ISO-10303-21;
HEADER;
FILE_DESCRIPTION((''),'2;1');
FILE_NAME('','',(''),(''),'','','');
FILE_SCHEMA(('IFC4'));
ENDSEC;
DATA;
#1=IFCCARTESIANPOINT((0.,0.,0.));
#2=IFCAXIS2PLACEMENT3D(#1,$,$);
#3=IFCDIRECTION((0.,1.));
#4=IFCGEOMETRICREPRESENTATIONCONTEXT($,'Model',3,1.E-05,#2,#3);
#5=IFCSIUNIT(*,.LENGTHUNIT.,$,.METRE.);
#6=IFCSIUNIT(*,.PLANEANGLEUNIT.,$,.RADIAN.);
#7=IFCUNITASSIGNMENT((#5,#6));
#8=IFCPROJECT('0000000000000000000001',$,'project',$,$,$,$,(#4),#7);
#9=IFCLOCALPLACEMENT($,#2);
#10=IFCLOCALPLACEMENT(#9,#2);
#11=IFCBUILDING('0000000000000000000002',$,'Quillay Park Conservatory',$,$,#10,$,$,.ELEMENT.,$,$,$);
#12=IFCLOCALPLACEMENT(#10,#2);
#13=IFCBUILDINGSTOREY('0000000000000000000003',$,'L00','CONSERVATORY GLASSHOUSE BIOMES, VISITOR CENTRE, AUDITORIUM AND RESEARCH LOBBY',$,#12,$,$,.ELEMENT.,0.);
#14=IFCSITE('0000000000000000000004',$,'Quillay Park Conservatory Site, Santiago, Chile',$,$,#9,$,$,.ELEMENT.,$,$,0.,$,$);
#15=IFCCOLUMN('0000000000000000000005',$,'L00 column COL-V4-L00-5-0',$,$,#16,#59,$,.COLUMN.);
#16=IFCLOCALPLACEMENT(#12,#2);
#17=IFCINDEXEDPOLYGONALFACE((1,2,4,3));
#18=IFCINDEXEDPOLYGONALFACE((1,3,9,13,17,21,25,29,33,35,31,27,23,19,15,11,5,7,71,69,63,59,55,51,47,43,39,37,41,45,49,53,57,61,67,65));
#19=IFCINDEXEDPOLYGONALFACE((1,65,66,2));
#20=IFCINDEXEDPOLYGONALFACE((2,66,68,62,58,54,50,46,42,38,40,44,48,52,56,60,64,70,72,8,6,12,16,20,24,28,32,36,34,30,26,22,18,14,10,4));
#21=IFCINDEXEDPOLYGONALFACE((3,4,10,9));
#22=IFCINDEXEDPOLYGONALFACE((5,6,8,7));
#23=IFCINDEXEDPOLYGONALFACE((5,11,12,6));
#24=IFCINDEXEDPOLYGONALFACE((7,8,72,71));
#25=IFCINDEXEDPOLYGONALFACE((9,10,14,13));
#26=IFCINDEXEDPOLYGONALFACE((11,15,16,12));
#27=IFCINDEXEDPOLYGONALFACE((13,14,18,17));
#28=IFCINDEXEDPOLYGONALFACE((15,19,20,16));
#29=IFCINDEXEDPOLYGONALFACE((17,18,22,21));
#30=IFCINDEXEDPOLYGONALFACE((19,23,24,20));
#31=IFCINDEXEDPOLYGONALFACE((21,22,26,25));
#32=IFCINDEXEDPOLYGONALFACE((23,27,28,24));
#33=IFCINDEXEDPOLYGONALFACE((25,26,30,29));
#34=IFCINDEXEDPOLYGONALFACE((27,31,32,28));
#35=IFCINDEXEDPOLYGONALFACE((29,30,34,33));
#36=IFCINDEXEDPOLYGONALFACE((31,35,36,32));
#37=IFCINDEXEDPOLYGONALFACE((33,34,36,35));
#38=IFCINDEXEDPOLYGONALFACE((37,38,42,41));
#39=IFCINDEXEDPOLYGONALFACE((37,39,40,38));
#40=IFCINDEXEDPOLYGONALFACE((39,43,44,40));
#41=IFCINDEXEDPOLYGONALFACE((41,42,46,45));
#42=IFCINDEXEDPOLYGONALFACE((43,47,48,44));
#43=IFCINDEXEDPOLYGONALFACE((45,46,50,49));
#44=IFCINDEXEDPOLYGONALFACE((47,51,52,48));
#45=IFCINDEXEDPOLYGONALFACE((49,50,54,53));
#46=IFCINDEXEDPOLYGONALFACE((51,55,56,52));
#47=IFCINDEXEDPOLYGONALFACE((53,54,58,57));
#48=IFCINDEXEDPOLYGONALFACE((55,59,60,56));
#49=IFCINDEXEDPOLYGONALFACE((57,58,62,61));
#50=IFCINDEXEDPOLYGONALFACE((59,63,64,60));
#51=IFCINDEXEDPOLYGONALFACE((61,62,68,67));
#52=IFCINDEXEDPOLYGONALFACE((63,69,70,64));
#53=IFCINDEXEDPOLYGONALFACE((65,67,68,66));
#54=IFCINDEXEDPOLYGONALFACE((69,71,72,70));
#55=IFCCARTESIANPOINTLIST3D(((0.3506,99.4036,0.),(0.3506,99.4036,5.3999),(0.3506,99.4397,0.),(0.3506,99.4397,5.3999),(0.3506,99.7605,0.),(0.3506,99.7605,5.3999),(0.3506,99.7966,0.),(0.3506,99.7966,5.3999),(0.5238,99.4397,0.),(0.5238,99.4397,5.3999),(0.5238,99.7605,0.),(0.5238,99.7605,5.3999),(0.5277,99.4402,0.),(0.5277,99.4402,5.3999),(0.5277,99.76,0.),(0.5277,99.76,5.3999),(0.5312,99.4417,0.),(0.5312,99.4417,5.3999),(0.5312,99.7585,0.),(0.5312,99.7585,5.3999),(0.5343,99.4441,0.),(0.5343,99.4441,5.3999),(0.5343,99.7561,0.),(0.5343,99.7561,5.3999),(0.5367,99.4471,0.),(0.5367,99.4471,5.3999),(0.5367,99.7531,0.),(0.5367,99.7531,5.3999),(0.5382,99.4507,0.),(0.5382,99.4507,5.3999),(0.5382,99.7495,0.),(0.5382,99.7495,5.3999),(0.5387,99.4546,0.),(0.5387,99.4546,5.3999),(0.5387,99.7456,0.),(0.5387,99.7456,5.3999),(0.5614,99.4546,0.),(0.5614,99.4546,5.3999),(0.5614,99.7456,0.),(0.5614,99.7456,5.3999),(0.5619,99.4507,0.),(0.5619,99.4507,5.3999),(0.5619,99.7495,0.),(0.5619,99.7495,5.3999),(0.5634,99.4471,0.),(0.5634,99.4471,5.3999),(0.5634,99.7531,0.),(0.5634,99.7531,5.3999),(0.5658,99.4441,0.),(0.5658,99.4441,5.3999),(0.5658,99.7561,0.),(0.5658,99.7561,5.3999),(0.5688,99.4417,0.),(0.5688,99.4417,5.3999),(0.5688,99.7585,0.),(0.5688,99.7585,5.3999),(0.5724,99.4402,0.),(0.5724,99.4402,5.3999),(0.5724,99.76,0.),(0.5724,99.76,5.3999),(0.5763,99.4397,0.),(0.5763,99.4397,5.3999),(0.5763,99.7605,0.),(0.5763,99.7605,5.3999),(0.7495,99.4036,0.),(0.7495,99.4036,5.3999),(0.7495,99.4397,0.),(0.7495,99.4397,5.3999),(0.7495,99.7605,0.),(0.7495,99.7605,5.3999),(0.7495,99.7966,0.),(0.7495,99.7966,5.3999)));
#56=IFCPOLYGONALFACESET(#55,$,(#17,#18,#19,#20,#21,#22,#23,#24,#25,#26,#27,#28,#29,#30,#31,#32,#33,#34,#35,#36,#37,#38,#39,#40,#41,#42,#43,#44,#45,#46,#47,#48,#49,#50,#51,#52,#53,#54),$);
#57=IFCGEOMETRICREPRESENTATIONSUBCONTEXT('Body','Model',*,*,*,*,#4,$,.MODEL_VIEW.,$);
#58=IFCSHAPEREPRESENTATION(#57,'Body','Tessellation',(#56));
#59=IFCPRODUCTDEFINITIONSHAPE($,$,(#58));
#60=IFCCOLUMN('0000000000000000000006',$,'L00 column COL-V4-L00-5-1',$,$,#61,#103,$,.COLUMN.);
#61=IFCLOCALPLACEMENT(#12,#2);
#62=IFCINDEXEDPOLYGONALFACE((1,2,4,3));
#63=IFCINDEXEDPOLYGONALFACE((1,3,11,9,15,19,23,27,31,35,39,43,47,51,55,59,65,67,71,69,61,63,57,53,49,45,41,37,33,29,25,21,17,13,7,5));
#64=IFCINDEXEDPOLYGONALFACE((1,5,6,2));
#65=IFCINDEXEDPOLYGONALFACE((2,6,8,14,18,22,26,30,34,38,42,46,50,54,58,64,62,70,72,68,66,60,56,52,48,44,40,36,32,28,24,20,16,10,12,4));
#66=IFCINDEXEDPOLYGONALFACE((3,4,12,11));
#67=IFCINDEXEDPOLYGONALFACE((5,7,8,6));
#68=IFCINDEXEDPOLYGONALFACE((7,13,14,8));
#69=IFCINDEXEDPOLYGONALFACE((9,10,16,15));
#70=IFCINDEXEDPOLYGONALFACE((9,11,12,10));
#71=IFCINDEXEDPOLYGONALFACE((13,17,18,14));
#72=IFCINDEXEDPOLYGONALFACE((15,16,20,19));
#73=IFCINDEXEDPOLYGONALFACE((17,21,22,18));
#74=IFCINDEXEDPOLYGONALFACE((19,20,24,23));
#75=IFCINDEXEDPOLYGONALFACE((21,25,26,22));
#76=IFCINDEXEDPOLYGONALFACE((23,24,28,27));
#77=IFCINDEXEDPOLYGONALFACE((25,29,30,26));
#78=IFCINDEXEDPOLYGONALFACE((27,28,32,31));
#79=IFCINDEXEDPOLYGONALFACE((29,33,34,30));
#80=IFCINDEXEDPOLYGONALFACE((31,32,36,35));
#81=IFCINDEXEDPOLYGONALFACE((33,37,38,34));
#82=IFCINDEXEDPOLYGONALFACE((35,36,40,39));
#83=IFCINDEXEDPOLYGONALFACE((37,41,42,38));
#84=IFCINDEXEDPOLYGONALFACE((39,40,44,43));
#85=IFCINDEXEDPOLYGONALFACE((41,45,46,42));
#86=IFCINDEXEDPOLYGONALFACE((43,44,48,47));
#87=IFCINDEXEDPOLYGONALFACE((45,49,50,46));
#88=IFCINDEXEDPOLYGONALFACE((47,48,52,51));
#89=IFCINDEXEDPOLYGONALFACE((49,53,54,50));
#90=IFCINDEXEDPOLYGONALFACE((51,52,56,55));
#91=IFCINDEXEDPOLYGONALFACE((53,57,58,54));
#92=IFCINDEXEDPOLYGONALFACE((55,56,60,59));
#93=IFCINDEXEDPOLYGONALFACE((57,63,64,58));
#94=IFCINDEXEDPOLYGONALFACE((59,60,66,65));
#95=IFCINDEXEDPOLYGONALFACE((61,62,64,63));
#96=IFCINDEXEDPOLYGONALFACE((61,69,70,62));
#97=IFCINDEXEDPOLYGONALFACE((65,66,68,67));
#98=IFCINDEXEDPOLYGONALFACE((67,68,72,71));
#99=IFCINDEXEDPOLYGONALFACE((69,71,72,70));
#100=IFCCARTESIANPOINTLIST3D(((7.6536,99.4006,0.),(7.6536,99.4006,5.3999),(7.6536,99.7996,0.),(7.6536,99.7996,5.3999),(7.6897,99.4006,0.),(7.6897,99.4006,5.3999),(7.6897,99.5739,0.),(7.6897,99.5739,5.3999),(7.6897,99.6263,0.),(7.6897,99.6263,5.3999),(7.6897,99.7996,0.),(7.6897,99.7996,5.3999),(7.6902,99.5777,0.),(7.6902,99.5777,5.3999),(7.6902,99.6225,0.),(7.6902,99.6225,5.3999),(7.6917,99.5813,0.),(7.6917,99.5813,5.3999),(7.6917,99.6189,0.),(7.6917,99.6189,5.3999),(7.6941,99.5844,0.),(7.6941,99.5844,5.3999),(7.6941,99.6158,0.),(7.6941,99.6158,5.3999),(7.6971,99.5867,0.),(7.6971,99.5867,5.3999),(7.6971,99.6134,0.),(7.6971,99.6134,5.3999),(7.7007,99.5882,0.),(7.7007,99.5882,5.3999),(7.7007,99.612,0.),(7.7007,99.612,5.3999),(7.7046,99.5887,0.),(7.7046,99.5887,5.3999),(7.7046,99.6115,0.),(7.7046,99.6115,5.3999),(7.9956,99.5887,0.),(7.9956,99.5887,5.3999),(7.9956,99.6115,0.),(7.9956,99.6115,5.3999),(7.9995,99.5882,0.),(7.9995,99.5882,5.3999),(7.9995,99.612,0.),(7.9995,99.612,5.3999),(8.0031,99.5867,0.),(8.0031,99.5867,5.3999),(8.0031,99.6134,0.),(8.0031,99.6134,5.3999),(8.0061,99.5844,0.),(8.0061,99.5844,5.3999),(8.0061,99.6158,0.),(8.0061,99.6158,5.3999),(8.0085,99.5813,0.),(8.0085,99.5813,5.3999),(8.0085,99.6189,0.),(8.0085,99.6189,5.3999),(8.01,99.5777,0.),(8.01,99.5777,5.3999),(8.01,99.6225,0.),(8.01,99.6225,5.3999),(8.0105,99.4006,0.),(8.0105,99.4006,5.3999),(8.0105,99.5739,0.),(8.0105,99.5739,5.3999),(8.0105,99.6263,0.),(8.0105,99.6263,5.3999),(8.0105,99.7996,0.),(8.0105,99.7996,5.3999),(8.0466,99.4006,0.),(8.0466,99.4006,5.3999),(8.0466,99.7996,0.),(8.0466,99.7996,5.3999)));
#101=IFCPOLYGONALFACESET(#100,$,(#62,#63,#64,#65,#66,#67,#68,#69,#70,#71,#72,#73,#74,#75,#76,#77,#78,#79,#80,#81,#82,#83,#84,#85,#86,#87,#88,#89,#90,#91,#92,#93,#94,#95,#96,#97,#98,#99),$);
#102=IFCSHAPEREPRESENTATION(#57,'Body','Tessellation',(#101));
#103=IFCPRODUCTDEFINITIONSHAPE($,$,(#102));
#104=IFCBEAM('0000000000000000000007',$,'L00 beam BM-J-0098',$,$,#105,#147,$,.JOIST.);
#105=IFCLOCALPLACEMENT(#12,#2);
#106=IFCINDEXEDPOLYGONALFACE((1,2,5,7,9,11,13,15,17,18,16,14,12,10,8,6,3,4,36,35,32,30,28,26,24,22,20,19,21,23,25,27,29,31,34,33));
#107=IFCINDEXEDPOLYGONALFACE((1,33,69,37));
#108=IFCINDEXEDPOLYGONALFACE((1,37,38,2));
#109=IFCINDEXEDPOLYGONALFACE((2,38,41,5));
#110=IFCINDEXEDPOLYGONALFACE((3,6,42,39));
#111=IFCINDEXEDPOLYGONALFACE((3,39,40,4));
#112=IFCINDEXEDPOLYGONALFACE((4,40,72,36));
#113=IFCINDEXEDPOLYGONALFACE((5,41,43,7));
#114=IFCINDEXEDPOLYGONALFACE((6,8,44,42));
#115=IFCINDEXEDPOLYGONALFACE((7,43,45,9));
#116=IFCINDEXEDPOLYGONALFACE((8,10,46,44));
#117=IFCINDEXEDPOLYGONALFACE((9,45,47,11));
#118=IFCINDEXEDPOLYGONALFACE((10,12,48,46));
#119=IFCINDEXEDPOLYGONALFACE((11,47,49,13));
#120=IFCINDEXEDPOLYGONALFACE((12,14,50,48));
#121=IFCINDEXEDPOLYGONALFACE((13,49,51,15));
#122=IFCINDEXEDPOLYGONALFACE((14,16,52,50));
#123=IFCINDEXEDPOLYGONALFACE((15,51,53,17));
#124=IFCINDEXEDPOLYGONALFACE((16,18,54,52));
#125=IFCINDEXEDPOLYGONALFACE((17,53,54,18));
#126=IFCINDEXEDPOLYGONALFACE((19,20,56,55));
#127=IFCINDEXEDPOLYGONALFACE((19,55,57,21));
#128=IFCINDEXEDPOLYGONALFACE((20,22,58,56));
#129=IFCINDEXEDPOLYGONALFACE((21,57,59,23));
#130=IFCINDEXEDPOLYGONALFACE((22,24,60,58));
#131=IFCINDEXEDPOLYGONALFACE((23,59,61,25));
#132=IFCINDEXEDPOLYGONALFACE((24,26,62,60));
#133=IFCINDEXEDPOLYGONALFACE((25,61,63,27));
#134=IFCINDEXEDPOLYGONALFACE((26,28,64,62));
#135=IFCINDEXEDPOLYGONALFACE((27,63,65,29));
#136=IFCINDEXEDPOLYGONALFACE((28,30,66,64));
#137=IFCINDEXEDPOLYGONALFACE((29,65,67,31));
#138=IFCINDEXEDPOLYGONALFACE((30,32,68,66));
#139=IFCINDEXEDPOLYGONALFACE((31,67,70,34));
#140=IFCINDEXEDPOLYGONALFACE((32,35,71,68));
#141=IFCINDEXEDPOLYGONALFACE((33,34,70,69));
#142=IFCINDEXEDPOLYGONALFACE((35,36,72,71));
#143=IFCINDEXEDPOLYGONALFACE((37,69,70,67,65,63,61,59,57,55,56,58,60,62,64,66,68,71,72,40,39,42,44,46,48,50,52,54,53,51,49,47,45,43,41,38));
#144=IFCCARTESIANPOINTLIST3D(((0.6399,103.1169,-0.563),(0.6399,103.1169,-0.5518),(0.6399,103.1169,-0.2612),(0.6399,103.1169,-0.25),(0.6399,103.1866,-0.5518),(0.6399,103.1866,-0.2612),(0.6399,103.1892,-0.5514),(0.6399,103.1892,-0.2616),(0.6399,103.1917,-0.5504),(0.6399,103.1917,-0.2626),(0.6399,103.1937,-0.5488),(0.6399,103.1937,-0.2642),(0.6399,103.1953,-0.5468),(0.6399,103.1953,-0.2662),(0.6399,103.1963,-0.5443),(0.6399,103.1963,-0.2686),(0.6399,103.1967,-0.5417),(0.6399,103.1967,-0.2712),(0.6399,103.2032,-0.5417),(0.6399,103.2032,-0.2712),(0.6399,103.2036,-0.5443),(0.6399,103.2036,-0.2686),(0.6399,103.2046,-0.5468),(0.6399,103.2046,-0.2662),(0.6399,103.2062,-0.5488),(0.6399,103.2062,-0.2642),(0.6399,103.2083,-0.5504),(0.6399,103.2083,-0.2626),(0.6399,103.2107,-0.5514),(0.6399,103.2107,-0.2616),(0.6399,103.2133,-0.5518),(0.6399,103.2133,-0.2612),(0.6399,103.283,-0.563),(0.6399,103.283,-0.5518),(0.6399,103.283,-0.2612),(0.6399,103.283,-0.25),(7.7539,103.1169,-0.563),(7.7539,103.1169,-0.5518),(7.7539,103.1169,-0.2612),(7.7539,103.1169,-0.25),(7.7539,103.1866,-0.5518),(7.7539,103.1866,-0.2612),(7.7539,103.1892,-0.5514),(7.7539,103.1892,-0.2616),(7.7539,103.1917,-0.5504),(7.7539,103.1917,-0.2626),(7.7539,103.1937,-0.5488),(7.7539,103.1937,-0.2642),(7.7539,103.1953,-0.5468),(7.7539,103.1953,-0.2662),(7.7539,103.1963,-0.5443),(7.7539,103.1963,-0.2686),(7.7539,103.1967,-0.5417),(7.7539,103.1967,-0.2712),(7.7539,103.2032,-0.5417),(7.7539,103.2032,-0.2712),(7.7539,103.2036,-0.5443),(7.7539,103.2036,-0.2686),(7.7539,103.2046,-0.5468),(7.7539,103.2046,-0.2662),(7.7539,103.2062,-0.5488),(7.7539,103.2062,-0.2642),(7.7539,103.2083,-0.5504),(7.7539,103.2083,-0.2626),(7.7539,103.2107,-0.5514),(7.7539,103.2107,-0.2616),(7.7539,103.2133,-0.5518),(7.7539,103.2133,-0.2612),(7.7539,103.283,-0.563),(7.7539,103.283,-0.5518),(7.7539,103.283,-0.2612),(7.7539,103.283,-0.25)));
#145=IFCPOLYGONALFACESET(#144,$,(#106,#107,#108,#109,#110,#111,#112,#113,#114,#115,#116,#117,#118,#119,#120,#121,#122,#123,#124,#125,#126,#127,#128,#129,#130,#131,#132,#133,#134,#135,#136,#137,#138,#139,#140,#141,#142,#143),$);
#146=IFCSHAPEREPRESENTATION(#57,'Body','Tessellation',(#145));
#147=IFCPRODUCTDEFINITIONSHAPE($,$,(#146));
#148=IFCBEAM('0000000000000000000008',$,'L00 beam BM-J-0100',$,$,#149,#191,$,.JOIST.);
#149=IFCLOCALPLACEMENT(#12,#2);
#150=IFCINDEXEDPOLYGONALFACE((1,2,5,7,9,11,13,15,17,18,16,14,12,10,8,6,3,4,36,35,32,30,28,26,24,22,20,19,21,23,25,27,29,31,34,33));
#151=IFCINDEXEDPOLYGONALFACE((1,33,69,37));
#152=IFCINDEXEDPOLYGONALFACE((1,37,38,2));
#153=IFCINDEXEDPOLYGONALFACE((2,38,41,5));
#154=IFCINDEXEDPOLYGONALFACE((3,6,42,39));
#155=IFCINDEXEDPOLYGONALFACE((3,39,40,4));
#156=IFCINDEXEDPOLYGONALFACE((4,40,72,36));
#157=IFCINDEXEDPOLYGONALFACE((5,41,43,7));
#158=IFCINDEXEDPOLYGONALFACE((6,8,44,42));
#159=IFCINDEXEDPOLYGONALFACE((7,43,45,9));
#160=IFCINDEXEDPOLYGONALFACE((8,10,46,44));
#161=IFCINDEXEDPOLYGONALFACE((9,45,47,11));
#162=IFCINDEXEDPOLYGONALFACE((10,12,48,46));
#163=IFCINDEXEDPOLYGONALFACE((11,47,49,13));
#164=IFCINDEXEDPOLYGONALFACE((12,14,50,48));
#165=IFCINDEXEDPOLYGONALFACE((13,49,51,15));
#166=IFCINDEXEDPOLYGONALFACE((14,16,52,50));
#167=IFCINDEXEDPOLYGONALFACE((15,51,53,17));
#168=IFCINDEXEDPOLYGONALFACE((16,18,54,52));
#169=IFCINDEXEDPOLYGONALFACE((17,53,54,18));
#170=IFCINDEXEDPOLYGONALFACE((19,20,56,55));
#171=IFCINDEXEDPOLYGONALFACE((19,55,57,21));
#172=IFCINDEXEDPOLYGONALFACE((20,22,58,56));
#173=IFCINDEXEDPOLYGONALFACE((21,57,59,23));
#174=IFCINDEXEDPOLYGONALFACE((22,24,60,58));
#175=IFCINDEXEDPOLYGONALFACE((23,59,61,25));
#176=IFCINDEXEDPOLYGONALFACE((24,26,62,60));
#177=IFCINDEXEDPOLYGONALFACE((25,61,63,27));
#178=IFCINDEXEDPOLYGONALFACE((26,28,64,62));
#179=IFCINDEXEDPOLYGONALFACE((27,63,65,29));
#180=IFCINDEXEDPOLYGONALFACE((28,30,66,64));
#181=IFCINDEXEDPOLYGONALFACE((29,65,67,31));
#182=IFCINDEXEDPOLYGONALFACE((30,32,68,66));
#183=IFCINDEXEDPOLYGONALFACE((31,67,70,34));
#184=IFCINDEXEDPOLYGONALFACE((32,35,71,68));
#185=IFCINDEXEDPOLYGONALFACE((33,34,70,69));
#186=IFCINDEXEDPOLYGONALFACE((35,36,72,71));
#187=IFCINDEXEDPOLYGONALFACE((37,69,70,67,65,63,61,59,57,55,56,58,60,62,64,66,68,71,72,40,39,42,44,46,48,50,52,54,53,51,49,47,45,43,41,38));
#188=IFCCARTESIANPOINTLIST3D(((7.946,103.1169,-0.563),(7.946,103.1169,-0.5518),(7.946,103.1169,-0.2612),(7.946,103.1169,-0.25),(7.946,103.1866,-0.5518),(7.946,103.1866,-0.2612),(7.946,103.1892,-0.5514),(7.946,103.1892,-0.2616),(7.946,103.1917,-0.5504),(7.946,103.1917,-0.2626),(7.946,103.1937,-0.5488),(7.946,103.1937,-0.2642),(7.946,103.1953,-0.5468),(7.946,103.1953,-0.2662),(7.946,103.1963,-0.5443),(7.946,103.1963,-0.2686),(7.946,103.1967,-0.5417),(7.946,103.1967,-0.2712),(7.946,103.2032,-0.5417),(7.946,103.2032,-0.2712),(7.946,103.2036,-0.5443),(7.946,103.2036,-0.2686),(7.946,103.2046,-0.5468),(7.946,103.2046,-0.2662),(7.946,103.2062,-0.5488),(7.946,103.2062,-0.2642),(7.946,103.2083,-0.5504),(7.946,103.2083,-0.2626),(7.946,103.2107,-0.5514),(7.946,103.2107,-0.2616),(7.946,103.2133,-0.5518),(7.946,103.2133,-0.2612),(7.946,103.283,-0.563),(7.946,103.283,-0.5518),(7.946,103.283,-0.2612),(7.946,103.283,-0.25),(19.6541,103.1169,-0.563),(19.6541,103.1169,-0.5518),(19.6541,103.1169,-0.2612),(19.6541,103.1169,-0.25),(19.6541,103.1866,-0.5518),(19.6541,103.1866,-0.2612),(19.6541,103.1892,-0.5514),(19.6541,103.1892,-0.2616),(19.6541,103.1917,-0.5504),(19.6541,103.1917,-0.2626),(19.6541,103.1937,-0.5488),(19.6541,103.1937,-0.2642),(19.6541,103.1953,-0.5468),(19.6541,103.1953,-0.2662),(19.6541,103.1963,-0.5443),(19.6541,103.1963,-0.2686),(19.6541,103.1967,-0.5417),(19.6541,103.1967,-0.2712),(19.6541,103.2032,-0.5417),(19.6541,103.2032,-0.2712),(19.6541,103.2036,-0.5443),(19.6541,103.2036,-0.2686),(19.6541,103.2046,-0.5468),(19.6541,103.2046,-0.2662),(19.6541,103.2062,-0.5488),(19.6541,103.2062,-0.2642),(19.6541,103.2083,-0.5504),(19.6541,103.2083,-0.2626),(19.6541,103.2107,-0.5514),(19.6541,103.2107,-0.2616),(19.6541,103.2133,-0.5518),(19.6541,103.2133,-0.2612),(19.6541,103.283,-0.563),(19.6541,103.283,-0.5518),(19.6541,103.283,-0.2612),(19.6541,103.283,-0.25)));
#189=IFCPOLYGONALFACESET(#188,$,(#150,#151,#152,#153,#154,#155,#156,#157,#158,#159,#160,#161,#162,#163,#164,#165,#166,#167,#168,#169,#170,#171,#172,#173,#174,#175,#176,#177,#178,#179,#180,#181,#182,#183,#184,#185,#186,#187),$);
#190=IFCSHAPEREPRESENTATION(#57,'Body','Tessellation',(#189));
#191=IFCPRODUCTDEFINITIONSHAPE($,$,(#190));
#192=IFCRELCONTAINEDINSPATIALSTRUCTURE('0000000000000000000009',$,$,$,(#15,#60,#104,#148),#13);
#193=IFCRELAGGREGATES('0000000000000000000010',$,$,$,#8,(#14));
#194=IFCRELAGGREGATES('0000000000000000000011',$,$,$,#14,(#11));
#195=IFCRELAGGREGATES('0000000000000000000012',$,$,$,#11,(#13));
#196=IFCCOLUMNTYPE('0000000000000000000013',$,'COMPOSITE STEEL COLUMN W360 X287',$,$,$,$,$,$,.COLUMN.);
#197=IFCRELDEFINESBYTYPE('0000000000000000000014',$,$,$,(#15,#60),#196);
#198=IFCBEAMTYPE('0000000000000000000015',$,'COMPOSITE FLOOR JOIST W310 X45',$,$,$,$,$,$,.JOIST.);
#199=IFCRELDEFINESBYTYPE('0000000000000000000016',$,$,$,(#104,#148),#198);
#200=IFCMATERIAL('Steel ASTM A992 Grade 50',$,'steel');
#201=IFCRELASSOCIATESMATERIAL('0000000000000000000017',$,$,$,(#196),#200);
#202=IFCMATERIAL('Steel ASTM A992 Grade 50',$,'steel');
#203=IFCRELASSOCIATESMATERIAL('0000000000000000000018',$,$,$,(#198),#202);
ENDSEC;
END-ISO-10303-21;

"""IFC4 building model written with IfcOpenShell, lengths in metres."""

from ifc_helpers import new_model, si_unit, direction, frame, origin, origin_2d, place, context, subcontext, project, spatial, i_section, extrude, material, material_profile, profile_set, type_object, element, save


model = new_model("IFC4")

# Units and contexts
model_context = context("Model", 3, precision=1e-05, world=origin(), true_north=direction((0.0, 1.0)))
body_context = subcontext(model_context, "Body", "Model", "MODEL_VIEW")
ifc_project = project(units=[si_unit("LENGTHUNIT", "METRE"), si_unit("PLANEANGLEUNIT", "RADIAN")], contexts=[model_context])

# Site, building, storey
site_placement = place(None, origin())
site = spatial("IfcSite", under=ifc_project, at=site_placement, Name="Quillay Park Conservatory Site, Santiago, Chile", CompositionType="ELEMENT", RefElevation=0.0)
building_placement = place(site_placement, origin())
building = spatial("IfcBuilding", under=site, at=building_placement, Name="Quillay Park Conservatory", CompositionType="ELEMENT")
storey_placement = place(building_placement, origin())
storey = spatial("IfcBuildingStorey", under=building, at=storey_placement, Name="L00", Description="CONSERVATORY GLASSHOUSE BIOMES, VISITOR CENTRE, AUDITORIUM AND RESEARCH LOBBY", CompositionType="ELEMENT", Elevation=0.0)

# Columns
ifc_material_1 = material(Name="Steel ASTM A992 Grade 50", Category="steel")
ifc_material_profile_1 = material_profile(ifc_material_1, i_section(OverallWidth=0.3989, OverallDepth=0.3931, WebThickness=0.0227, FlangeThickness=0.0361, FilletRadius=0.0149, at=origin_2d()), Name="W360x287")
ifc_profile_set_1 = profile_set([ifc_material_profile_1], Name="Steel ASTM A992 Grade 50")
column_type = type_object("IfcColumnType", Name="COMPOSITE STEEL COLUMN W360 X287", PredefinedType="COLUMN", material=ifc_profile_set_1)
for number, where, z_axis, x_axis, name in (
    (1, (0.55, 99.6001, 0.0), (0.0, 0.0, 1.0), (1.0, 0.0, 0.0), "L00 column COL-V4-L00-5-0"),
    (2, (7.8501, 99.6001, 0.0), (0.0, 0.0, 1.0), (0.0, 1.0, 0.0), "L00 column COL-V4-L00-5-1"),
):
    element("IfcColumn", number, at=place(storey_placement, frame(where, z_axis=z_axis, x_axis=x_axis)), inside=storey, type_object=column_type, Name=name, PredefinedType="COLUMN", context=body_context, shape_type="SweptSolid", body=[
        extrude(i_section(OverallWidth=0.3989, OverallDepth=0.3931, WebThickness=0.0227, FlangeThickness=0.0361, FilletRadius=0.0149, at=origin_2d()), origin(), (0.0, 0.0, 1.0), 5.3999),
    ])

# Beams
ifc_material_2 = material(Name="Steel ASTM A992 Grade 50", Category="steel")
ifc_material_profile_2 = material_profile(ifc_material_2, i_section(OverallWidth=0.166, OverallDepth=0.313, WebThickness=0.0066, FlangeThickness=0.0112, FilletRadius=0.01, at=origin_2d()), Name="W310x45")
ifc_profile_set_2 = profile_set([ifc_material_profile_2], Name="Steel ASTM A992 Grade 50")
beam_type_1 = type_object("IfcBeamType", Name="COMPOSITE FLOOR JOIST W310 X45", PredefinedType="JOIST", material=ifc_profile_set_2)
beam_1_placement = place(storey_placement, frame((0.6399, 103.2, -0.4065), z_axis=(1.0, 0.0, 0.0), x_axis=(0.0, 1.0, 0.0)))
element("IfcBeam", 3, at=beam_1_placement, inside=storey, type_object=beam_type_1, Name="L00 beam BM-J-0098", PredefinedType="JOIST", context=body_context, shape_type="SweptSolid", body=[
    extrude(i_section(OverallWidth=0.166, OverallDepth=0.313, WebThickness=0.0066, FlangeThickness=0.0112, FilletRadius=0.01, at=origin_2d()), origin(), (0.0, 0.0, 1.0), 7.114),
])
beam_2_placement = place(storey_placement, frame((7.946, 103.2, -0.4065), z_axis=(1.0, 0.0, 0.0), x_axis=(0.0, 1.0, 0.0)))
element("IfcBeam", 4, at=beam_2_placement, inside=storey, type_object=beam_type_1, Name="L00 beam BM-J-0100", PredefinedType="JOIST", context=body_context, shape_type="SweptSolid", body=[
    extrude(i_section(OverallWidth=0.166, OverallDepth=0.313, WebThickness=0.0066, FlangeThickness=0.0112, FilletRadius=0.01, at=origin_2d()), origin(), (0.0, 0.0, 1.0), 11.708),
])

save(model, "model.ifc")
